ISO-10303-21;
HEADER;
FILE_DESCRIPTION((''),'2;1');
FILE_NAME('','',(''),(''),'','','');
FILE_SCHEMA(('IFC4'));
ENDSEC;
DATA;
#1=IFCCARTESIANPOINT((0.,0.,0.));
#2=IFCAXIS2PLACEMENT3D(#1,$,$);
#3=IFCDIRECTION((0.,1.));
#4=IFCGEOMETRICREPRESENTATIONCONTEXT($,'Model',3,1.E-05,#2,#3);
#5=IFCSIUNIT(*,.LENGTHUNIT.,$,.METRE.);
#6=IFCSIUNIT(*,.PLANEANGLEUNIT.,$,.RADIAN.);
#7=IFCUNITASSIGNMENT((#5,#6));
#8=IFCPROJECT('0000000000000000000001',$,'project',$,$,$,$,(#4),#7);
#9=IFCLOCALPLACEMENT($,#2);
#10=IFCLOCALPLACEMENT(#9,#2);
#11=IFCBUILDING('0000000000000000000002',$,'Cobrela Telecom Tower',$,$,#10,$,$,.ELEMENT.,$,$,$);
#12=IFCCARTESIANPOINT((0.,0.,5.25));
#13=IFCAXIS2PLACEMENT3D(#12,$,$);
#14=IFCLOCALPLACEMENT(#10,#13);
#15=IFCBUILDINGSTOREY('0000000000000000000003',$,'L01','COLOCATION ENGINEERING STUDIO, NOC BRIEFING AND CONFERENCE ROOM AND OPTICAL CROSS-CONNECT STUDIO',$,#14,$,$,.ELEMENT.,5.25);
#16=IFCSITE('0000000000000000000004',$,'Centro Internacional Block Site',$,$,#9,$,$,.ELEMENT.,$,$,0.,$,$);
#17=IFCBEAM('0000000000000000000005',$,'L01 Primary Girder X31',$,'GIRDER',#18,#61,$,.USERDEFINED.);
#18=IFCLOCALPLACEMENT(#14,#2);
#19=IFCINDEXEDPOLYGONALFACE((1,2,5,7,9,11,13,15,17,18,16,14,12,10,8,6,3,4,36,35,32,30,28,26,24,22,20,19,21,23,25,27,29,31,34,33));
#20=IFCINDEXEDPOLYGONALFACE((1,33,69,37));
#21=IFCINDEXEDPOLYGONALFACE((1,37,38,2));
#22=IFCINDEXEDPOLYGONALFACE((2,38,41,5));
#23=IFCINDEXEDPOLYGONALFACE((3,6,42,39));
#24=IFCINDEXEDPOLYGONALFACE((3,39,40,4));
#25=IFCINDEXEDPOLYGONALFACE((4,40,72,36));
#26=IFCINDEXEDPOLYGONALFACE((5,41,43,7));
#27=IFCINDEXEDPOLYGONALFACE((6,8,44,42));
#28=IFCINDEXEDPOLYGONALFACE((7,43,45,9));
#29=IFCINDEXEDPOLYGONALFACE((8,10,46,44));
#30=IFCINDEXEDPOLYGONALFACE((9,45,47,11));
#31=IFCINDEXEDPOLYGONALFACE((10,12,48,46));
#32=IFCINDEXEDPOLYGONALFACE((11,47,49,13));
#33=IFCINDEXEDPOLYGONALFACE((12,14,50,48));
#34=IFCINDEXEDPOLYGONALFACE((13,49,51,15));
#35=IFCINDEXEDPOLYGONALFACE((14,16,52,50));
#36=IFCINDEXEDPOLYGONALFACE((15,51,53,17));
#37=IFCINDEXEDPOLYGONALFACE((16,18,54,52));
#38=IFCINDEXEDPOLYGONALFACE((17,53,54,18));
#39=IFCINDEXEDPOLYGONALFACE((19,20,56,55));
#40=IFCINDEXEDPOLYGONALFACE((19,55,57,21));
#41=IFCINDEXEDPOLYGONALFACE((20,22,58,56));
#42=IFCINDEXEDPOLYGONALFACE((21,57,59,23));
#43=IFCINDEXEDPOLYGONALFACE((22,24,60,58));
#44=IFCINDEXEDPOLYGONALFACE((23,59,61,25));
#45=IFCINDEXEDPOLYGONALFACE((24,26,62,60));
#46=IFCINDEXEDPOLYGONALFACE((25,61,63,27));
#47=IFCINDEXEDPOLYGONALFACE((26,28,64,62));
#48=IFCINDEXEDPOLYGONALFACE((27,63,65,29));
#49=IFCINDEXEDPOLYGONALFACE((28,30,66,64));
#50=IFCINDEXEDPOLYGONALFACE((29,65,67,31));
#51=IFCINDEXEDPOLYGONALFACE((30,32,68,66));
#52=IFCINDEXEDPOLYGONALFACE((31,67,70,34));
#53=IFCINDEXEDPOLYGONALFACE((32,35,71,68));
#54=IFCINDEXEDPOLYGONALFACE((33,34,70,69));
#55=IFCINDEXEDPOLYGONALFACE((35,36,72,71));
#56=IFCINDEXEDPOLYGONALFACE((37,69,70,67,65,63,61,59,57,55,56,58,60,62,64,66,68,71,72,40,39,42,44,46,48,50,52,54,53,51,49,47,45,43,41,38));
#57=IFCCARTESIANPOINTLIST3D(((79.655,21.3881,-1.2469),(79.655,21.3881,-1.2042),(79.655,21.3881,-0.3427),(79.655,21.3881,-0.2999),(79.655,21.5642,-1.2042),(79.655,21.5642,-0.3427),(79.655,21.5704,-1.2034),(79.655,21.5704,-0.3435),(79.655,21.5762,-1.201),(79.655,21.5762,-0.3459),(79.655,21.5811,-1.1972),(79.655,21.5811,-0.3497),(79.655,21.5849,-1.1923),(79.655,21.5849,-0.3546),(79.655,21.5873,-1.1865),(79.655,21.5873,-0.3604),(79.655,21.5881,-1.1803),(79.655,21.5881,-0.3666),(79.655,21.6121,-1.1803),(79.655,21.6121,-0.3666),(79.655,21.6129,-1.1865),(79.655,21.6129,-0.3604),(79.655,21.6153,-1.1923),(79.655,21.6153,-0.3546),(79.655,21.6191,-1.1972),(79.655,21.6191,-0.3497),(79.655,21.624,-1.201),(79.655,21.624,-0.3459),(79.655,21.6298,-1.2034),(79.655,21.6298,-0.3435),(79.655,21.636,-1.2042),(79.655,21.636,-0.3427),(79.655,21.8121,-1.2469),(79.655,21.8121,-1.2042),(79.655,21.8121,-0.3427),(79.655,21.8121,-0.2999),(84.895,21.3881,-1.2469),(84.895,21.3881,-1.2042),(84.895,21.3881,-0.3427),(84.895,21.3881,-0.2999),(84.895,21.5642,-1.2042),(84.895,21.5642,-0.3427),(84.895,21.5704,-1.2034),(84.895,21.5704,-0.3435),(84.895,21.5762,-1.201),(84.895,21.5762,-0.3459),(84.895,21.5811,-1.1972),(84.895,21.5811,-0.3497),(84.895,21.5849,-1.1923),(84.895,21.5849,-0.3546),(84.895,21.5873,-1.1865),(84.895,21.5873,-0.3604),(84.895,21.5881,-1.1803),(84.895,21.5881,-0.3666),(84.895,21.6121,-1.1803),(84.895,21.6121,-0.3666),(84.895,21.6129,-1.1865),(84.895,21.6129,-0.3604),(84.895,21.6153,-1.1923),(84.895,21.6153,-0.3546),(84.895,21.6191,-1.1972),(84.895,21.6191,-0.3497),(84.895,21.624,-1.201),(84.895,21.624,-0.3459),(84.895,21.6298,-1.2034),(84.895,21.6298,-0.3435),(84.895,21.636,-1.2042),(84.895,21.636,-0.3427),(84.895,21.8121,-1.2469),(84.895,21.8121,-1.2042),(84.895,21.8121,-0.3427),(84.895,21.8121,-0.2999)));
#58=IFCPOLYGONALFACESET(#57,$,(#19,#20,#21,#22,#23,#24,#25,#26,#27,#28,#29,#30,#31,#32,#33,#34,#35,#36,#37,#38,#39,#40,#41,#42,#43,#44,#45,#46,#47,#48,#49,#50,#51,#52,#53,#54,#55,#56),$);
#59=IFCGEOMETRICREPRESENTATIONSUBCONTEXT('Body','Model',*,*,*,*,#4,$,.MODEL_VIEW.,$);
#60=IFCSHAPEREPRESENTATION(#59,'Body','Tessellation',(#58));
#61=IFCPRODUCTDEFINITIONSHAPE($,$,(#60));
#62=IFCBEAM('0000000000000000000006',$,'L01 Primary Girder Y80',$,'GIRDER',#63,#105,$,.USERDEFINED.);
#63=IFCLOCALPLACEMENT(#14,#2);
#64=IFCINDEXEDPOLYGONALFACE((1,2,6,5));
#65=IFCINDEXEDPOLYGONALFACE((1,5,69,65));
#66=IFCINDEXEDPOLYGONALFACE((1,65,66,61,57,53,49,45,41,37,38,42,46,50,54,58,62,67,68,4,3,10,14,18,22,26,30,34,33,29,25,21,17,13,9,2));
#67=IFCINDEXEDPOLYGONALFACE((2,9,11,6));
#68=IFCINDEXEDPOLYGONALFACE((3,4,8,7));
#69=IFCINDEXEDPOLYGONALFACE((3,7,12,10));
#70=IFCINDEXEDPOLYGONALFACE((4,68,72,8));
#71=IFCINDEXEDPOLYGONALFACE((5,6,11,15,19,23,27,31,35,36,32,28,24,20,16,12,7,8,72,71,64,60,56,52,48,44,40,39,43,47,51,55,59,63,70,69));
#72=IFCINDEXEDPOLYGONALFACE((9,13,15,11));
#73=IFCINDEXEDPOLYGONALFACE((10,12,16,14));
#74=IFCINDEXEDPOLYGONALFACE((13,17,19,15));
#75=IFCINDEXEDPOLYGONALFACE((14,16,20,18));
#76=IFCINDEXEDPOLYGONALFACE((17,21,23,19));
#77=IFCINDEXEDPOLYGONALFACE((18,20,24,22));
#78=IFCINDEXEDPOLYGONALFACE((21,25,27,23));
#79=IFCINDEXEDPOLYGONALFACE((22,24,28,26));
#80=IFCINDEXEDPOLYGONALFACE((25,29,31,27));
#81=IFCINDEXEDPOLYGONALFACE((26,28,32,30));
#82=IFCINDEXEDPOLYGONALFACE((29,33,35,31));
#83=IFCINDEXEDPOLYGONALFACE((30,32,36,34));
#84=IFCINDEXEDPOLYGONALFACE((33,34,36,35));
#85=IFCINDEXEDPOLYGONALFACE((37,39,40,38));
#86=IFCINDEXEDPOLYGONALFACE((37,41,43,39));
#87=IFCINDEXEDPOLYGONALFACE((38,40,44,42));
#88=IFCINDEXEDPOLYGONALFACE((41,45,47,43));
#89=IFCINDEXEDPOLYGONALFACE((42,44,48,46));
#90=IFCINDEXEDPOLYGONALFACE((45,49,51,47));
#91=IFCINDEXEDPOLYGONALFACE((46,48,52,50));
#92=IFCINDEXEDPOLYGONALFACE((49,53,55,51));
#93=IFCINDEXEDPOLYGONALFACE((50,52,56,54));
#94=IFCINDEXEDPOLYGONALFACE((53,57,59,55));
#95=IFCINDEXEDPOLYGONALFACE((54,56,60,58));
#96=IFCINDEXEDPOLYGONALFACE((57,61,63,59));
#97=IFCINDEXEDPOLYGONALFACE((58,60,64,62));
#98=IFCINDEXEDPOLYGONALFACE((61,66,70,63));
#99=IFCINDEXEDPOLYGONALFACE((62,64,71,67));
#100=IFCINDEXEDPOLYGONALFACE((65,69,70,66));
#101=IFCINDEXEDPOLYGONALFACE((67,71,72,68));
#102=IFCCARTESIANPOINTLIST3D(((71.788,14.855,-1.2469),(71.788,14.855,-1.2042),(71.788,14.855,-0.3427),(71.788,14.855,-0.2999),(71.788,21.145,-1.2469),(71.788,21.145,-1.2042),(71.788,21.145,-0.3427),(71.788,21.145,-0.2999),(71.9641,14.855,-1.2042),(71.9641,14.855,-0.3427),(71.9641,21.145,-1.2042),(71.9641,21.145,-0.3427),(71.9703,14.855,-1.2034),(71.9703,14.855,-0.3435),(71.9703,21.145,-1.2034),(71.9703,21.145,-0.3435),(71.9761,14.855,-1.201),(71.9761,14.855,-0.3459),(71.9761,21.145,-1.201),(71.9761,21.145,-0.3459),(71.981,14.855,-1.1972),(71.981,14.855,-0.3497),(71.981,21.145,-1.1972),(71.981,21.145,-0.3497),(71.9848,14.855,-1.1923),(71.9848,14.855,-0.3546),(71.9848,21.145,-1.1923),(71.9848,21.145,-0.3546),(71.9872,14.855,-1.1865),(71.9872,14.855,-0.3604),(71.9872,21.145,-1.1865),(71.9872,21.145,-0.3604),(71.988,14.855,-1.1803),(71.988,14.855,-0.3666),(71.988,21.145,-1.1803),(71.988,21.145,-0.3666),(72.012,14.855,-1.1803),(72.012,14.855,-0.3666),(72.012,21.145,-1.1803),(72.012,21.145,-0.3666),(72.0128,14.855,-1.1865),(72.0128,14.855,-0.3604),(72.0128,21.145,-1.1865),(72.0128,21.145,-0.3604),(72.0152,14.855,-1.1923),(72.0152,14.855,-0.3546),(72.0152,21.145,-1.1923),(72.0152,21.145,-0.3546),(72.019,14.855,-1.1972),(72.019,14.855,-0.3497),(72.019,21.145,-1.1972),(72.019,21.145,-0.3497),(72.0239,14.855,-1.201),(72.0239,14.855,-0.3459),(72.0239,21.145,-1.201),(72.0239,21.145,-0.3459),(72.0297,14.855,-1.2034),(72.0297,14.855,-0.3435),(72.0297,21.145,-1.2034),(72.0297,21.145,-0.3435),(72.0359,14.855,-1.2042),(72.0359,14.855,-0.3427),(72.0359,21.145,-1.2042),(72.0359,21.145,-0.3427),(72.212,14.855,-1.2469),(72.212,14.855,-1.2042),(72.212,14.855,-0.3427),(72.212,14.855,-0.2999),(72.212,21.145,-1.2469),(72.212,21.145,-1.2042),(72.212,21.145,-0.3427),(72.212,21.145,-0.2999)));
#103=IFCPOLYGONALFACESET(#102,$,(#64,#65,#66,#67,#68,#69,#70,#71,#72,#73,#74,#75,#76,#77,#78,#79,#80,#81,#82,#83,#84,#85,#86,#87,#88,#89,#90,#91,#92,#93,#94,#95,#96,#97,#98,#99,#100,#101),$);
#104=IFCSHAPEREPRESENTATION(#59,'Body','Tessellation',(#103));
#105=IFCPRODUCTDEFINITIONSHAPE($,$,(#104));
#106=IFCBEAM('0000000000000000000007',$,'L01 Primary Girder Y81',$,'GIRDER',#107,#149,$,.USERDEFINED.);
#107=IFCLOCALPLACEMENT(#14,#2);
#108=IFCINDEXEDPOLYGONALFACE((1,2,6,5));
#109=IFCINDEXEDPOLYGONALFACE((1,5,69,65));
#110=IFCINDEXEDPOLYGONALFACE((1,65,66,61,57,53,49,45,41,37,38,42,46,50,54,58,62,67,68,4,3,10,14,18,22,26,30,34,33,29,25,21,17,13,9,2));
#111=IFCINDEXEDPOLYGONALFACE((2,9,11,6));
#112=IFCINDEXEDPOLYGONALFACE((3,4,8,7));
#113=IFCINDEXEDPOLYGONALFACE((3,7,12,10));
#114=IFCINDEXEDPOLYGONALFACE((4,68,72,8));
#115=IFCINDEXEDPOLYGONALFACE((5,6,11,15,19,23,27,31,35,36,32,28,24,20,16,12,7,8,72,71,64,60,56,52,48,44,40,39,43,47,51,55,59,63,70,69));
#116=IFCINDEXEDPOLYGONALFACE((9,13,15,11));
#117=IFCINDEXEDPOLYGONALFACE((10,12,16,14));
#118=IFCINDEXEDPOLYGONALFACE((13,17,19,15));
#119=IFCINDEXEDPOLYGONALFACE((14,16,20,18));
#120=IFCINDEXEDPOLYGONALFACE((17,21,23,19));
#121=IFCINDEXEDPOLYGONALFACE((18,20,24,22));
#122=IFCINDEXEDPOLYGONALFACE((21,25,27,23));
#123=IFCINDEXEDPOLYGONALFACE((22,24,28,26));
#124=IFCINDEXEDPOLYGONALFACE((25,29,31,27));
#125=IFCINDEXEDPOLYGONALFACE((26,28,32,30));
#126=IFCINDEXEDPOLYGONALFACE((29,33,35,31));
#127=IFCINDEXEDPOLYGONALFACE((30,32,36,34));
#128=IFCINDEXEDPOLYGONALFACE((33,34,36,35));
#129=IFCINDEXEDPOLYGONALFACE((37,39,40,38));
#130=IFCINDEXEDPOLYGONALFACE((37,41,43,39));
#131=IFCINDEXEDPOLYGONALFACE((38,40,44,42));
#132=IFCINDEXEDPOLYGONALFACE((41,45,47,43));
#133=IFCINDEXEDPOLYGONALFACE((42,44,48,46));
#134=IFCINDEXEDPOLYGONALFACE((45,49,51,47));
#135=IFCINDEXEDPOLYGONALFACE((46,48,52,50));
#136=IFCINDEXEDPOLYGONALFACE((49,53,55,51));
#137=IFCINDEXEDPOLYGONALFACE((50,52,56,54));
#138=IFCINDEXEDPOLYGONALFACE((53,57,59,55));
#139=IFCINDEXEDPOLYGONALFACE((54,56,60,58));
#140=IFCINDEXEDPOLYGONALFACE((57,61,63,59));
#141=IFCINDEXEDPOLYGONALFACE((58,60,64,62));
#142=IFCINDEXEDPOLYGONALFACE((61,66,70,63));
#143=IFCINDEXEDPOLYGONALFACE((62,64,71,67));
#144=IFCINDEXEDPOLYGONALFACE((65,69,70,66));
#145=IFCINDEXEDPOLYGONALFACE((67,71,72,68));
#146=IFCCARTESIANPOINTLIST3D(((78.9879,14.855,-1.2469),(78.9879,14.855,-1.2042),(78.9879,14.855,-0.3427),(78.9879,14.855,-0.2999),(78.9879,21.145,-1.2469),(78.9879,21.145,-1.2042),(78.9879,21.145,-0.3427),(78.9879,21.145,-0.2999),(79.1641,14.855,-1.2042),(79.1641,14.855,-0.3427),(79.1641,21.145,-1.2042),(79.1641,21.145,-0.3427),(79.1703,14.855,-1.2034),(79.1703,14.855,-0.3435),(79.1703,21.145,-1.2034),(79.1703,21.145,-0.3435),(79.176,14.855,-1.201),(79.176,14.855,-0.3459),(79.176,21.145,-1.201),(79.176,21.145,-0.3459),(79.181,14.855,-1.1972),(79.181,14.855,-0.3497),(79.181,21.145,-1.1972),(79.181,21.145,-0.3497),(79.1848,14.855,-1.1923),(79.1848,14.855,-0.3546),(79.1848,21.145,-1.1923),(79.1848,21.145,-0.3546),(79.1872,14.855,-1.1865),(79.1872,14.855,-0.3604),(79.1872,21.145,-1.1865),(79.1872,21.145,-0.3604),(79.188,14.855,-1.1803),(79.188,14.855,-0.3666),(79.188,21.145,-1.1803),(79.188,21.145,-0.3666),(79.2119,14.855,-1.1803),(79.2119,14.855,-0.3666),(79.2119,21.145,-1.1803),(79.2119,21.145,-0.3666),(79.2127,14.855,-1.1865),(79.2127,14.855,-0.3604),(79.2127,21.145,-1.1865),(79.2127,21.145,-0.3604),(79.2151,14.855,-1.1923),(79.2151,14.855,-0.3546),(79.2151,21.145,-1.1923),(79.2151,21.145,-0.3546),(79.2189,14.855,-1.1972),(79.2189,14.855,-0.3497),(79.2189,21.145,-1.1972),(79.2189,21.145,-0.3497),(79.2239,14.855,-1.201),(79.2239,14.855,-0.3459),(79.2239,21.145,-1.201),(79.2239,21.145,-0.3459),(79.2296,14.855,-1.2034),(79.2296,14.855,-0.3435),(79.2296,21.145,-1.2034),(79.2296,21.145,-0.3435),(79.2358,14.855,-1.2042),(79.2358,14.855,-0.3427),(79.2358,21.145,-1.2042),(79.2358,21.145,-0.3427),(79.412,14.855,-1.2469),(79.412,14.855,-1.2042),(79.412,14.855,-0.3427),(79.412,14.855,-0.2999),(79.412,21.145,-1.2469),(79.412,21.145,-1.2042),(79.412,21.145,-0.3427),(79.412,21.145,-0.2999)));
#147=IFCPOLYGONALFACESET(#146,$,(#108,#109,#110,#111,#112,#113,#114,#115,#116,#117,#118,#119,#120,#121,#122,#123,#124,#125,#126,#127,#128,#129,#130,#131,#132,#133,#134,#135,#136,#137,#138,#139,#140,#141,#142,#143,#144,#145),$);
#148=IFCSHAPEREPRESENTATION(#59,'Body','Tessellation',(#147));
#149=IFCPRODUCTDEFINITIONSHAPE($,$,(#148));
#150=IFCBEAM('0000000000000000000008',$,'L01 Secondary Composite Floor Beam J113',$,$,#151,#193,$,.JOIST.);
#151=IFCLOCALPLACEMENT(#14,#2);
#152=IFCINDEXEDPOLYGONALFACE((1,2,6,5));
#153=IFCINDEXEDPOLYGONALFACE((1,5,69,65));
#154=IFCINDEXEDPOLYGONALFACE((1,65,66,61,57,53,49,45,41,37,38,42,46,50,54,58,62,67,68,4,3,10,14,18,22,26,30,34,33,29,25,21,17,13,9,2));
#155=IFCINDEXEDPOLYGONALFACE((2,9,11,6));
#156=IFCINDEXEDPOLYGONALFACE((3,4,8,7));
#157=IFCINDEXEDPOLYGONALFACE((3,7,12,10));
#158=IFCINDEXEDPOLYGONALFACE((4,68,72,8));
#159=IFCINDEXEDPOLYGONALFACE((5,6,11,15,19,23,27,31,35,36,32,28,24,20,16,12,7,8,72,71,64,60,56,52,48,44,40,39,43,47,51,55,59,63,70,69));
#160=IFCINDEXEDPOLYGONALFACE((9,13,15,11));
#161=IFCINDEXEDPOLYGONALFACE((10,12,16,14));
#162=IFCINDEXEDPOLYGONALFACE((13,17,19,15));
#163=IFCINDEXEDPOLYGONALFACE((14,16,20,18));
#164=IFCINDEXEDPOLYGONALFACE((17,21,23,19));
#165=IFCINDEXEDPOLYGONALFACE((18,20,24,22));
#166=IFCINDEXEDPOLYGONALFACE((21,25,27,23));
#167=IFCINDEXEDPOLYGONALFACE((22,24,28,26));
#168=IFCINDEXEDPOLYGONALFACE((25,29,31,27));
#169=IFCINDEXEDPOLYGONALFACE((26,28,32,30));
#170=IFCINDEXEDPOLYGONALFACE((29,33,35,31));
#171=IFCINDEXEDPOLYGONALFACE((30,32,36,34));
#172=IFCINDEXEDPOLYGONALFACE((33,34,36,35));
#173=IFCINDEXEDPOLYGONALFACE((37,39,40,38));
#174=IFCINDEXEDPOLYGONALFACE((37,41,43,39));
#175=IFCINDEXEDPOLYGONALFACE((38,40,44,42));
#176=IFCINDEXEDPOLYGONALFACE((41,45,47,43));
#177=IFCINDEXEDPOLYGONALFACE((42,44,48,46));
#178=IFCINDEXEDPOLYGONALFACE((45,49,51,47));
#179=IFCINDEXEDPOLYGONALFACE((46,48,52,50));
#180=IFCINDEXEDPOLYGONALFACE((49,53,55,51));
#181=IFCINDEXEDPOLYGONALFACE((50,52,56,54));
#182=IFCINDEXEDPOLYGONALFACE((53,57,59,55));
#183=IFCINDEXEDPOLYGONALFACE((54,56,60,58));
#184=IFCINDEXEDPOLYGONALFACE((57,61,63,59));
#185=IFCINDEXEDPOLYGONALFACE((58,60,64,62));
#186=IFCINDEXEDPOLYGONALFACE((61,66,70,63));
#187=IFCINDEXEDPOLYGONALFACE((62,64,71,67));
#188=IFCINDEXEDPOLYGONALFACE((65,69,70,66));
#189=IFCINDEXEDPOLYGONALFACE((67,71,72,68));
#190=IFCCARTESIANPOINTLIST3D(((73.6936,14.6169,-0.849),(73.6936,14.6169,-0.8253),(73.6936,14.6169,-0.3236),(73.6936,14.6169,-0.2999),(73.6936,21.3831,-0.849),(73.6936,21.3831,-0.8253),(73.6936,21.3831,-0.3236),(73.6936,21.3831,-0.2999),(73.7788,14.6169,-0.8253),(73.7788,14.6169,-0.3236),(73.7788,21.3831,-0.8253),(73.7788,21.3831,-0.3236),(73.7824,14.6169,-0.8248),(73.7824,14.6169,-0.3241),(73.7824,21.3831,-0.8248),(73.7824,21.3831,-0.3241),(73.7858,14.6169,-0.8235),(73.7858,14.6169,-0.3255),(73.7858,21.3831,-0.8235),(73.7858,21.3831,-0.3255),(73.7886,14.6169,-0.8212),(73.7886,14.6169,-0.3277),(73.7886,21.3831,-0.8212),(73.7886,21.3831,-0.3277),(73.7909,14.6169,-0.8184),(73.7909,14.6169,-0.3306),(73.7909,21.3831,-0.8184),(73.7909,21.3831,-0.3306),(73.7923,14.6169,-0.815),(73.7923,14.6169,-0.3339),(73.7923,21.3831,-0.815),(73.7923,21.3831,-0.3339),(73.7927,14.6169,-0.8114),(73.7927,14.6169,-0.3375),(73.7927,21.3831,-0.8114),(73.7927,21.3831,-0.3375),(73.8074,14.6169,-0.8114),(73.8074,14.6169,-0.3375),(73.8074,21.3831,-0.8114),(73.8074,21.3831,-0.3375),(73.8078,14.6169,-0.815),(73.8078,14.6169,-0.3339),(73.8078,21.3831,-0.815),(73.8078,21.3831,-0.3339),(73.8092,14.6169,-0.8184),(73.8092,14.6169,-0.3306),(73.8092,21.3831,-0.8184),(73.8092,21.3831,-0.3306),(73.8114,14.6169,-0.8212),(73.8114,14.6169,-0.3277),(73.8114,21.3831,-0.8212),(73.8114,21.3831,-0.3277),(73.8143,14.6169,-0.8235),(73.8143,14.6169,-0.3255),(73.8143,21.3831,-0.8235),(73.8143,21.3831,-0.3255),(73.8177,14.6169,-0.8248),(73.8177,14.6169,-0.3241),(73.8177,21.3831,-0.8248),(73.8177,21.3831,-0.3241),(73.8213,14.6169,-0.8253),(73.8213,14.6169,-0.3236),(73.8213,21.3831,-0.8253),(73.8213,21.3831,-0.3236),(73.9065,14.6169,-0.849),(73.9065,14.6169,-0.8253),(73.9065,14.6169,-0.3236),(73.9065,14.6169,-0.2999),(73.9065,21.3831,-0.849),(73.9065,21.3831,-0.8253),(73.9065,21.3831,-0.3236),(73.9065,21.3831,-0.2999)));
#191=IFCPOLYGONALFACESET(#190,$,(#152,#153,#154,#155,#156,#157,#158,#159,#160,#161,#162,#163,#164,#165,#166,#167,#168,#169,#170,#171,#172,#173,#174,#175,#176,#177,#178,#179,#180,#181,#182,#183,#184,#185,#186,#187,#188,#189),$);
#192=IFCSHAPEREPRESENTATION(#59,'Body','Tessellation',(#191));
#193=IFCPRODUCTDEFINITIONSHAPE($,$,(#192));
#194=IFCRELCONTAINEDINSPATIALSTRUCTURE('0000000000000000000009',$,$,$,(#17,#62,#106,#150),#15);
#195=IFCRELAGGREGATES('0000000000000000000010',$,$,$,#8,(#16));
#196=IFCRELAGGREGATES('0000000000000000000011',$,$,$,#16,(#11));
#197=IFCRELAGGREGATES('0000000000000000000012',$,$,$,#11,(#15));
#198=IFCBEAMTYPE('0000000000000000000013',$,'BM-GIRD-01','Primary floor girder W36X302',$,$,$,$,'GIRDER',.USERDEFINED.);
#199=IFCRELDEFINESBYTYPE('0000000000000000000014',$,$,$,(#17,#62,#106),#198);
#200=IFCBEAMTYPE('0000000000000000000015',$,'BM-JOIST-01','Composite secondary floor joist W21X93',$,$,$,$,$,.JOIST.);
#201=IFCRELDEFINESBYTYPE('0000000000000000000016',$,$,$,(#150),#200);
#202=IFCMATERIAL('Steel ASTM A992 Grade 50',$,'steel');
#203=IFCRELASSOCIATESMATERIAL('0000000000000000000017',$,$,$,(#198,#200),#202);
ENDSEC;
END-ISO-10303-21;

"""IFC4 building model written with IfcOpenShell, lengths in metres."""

from ifc_helpers import new_model, si_unit, direction, frame, origin, origin_2d, place, context, subcontext, project, spatial, i_section, extrude, material, material_profile, profile_set, type_object, element, save


model = new_model("IFC4")

# Units and contexts
model_context = context("Model", 3, precision=1e-05, world=origin(), true_north=direction((0.0, 1.0)))
body_context = subcontext(model_context, "Body", "Model", "MODEL_VIEW")
ifc_project = project(units=[si_unit("LENGTHUNIT", "METRE"), si_unit("PLANEANGLEUNIT", "RADIAN")], contexts=[model_context])

# Site, building, storey
site_placement = place(None, origin())
site = spatial("IfcSite", under=ifc_project, at=site_placement, Name="Centro Internacional Block Site", CompositionType="ELEMENT", RefElevation=0.0)
building_placement = place(site_placement, origin())
building = spatial("IfcBuilding", under=site, at=building_placement, Name="Cobrela Telecom Tower", CompositionType="ELEMENT")
storey_placement = place(building_placement, frame((0.0, 0.0, 5.25)))
storey = spatial("IfcBuildingStorey", under=building, at=storey_placement, Name="L01", Description="COLOCATION ENGINEERING STUDIO, NOC BRIEFING AND CONFERENCE ROOM AND OPTICAL CROSS-CONNECT STUDIO", CompositionType="ELEMENT", Elevation=5.25)

# Beams
ifc_material_1 = material(Name="Steel ASTM A992 Grade 50", Category="steel")
ifc_material_profile_1 = material_profile(ifc_material_1, i_section(OverallWidth=0.4241, OverallDepth=0.947, WebThickness=0.0239, FlangeThickness=0.0427, FilletRadius=0.0239, at=origin_2d()), Name="W36X302")
ifc_profile_set_1 = profile_set([ifc_material_profile_1], Name="Steel ASTM A992 Grade 50")
beam_type_1 = type_object("IfcBeamType", Name="BM-GIRD-01", Description="Primary floor girder W36X302", ElementType="GIRDER", PredefinedType="USERDEFINED", material=ifc_profile_set_1)
beam_1_placement = place(storey_placement, frame((79.655, 21.6001, -0.7734), z_axis=(1.0, 0.0, 0.0), x_axis=(0.0, 1.0, 0.0)))
element("IfcBeam", 1, at=beam_1_placement, inside=storey, type_object=beam_type_1, Name="L01 Primary Girder X31", ObjectType="GIRDER", PredefinedType="USERDEFINED", context=body_context, shape_type="SweptSolid", body=[
    extrude(i_section(OverallWidth=0.4241, OverallDepth=0.947, WebThickness=0.0239, FlangeThickness=0.0427, FilletRadius=0.0239, at=origin_2d()), origin(), (0.0, 0.0, 1.0), 5.24),
])
for number, where, z_axis, x_axis, name in (
    (2, (72.0, 14.855, -0.7734), (0.0, 1.0, 0.0), (-1.0, 0.0, 0.0), "L01 Primary Girder Y80"),
    (3, (79.2, 14.855, -0.7734), (0.0, 1.0, 0.0), (-1.0, 0.0, 0.0), "L01 Primary Girder Y81"),
):
    element("IfcBeam", number, at=place(storey_placement, frame(where, z_axis=z_axis, x_axis=x_axis)), inside=storey, type_object=beam_type_1, Name=name, ObjectType="GIRDER", PredefinedType="USERDEFINED", context=body_context, shape_type="SweptSolid", body=[
        extrude(i_section(OverallWidth=0.4241, OverallDepth=0.947, WebThickness=0.0239, FlangeThickness=0.0427, FilletRadius=0.0239, at=origin_2d()), origin(), (0.0, 0.0, 1.0), 6.29),
    ])
ifc_material_profile_2 = material_profile(ifc_material_1, i_section(OverallWidth=0.2129, OverallDepth=0.5491, WebThickness=0.0146, FlangeThickness=0.0237, FilletRadius=0.0139, at=origin_2d()), Name="W21X93")
ifc_profile_set_2 = profile_set([ifc_material_profile_2], Name="Steel ASTM A992 Grade 50")
beam_type_2 = type_object("IfcBeamType", Name="BM-JOIST-01", Description="Composite secondary floor joist W21X93", PredefinedType="JOIST", material=ifc_profile_set_2)
for number, where, z_axis, x_axis, name in (
    (4, (73.8, 14.6169, -0.5745), (0.0, 1.0, 0.0), (-1.0, 0.0, 0.0), "L01 Secondary Composite Floor Beam J113"),
):
    element("IfcBeam", number, at=place(storey_placement, frame(where, z_axis=z_axis, x_axis=x_axis)), inside=storey, type_object=beam_type_2, Name=name, PredefinedType="JOIST", context=body_context, shape_type="SweptSolid", body=[
        extrude(i_section(OverallWidth=0.2129, OverallDepth=0.5491, WebThickness=0.0146, FlangeThickness=0.0237, FilletRadius=0.0139, at=origin_2d()), origin(), (0.0, 0.0, 1.0), 6.7661),
    ])

save(model, "model.ifc")
